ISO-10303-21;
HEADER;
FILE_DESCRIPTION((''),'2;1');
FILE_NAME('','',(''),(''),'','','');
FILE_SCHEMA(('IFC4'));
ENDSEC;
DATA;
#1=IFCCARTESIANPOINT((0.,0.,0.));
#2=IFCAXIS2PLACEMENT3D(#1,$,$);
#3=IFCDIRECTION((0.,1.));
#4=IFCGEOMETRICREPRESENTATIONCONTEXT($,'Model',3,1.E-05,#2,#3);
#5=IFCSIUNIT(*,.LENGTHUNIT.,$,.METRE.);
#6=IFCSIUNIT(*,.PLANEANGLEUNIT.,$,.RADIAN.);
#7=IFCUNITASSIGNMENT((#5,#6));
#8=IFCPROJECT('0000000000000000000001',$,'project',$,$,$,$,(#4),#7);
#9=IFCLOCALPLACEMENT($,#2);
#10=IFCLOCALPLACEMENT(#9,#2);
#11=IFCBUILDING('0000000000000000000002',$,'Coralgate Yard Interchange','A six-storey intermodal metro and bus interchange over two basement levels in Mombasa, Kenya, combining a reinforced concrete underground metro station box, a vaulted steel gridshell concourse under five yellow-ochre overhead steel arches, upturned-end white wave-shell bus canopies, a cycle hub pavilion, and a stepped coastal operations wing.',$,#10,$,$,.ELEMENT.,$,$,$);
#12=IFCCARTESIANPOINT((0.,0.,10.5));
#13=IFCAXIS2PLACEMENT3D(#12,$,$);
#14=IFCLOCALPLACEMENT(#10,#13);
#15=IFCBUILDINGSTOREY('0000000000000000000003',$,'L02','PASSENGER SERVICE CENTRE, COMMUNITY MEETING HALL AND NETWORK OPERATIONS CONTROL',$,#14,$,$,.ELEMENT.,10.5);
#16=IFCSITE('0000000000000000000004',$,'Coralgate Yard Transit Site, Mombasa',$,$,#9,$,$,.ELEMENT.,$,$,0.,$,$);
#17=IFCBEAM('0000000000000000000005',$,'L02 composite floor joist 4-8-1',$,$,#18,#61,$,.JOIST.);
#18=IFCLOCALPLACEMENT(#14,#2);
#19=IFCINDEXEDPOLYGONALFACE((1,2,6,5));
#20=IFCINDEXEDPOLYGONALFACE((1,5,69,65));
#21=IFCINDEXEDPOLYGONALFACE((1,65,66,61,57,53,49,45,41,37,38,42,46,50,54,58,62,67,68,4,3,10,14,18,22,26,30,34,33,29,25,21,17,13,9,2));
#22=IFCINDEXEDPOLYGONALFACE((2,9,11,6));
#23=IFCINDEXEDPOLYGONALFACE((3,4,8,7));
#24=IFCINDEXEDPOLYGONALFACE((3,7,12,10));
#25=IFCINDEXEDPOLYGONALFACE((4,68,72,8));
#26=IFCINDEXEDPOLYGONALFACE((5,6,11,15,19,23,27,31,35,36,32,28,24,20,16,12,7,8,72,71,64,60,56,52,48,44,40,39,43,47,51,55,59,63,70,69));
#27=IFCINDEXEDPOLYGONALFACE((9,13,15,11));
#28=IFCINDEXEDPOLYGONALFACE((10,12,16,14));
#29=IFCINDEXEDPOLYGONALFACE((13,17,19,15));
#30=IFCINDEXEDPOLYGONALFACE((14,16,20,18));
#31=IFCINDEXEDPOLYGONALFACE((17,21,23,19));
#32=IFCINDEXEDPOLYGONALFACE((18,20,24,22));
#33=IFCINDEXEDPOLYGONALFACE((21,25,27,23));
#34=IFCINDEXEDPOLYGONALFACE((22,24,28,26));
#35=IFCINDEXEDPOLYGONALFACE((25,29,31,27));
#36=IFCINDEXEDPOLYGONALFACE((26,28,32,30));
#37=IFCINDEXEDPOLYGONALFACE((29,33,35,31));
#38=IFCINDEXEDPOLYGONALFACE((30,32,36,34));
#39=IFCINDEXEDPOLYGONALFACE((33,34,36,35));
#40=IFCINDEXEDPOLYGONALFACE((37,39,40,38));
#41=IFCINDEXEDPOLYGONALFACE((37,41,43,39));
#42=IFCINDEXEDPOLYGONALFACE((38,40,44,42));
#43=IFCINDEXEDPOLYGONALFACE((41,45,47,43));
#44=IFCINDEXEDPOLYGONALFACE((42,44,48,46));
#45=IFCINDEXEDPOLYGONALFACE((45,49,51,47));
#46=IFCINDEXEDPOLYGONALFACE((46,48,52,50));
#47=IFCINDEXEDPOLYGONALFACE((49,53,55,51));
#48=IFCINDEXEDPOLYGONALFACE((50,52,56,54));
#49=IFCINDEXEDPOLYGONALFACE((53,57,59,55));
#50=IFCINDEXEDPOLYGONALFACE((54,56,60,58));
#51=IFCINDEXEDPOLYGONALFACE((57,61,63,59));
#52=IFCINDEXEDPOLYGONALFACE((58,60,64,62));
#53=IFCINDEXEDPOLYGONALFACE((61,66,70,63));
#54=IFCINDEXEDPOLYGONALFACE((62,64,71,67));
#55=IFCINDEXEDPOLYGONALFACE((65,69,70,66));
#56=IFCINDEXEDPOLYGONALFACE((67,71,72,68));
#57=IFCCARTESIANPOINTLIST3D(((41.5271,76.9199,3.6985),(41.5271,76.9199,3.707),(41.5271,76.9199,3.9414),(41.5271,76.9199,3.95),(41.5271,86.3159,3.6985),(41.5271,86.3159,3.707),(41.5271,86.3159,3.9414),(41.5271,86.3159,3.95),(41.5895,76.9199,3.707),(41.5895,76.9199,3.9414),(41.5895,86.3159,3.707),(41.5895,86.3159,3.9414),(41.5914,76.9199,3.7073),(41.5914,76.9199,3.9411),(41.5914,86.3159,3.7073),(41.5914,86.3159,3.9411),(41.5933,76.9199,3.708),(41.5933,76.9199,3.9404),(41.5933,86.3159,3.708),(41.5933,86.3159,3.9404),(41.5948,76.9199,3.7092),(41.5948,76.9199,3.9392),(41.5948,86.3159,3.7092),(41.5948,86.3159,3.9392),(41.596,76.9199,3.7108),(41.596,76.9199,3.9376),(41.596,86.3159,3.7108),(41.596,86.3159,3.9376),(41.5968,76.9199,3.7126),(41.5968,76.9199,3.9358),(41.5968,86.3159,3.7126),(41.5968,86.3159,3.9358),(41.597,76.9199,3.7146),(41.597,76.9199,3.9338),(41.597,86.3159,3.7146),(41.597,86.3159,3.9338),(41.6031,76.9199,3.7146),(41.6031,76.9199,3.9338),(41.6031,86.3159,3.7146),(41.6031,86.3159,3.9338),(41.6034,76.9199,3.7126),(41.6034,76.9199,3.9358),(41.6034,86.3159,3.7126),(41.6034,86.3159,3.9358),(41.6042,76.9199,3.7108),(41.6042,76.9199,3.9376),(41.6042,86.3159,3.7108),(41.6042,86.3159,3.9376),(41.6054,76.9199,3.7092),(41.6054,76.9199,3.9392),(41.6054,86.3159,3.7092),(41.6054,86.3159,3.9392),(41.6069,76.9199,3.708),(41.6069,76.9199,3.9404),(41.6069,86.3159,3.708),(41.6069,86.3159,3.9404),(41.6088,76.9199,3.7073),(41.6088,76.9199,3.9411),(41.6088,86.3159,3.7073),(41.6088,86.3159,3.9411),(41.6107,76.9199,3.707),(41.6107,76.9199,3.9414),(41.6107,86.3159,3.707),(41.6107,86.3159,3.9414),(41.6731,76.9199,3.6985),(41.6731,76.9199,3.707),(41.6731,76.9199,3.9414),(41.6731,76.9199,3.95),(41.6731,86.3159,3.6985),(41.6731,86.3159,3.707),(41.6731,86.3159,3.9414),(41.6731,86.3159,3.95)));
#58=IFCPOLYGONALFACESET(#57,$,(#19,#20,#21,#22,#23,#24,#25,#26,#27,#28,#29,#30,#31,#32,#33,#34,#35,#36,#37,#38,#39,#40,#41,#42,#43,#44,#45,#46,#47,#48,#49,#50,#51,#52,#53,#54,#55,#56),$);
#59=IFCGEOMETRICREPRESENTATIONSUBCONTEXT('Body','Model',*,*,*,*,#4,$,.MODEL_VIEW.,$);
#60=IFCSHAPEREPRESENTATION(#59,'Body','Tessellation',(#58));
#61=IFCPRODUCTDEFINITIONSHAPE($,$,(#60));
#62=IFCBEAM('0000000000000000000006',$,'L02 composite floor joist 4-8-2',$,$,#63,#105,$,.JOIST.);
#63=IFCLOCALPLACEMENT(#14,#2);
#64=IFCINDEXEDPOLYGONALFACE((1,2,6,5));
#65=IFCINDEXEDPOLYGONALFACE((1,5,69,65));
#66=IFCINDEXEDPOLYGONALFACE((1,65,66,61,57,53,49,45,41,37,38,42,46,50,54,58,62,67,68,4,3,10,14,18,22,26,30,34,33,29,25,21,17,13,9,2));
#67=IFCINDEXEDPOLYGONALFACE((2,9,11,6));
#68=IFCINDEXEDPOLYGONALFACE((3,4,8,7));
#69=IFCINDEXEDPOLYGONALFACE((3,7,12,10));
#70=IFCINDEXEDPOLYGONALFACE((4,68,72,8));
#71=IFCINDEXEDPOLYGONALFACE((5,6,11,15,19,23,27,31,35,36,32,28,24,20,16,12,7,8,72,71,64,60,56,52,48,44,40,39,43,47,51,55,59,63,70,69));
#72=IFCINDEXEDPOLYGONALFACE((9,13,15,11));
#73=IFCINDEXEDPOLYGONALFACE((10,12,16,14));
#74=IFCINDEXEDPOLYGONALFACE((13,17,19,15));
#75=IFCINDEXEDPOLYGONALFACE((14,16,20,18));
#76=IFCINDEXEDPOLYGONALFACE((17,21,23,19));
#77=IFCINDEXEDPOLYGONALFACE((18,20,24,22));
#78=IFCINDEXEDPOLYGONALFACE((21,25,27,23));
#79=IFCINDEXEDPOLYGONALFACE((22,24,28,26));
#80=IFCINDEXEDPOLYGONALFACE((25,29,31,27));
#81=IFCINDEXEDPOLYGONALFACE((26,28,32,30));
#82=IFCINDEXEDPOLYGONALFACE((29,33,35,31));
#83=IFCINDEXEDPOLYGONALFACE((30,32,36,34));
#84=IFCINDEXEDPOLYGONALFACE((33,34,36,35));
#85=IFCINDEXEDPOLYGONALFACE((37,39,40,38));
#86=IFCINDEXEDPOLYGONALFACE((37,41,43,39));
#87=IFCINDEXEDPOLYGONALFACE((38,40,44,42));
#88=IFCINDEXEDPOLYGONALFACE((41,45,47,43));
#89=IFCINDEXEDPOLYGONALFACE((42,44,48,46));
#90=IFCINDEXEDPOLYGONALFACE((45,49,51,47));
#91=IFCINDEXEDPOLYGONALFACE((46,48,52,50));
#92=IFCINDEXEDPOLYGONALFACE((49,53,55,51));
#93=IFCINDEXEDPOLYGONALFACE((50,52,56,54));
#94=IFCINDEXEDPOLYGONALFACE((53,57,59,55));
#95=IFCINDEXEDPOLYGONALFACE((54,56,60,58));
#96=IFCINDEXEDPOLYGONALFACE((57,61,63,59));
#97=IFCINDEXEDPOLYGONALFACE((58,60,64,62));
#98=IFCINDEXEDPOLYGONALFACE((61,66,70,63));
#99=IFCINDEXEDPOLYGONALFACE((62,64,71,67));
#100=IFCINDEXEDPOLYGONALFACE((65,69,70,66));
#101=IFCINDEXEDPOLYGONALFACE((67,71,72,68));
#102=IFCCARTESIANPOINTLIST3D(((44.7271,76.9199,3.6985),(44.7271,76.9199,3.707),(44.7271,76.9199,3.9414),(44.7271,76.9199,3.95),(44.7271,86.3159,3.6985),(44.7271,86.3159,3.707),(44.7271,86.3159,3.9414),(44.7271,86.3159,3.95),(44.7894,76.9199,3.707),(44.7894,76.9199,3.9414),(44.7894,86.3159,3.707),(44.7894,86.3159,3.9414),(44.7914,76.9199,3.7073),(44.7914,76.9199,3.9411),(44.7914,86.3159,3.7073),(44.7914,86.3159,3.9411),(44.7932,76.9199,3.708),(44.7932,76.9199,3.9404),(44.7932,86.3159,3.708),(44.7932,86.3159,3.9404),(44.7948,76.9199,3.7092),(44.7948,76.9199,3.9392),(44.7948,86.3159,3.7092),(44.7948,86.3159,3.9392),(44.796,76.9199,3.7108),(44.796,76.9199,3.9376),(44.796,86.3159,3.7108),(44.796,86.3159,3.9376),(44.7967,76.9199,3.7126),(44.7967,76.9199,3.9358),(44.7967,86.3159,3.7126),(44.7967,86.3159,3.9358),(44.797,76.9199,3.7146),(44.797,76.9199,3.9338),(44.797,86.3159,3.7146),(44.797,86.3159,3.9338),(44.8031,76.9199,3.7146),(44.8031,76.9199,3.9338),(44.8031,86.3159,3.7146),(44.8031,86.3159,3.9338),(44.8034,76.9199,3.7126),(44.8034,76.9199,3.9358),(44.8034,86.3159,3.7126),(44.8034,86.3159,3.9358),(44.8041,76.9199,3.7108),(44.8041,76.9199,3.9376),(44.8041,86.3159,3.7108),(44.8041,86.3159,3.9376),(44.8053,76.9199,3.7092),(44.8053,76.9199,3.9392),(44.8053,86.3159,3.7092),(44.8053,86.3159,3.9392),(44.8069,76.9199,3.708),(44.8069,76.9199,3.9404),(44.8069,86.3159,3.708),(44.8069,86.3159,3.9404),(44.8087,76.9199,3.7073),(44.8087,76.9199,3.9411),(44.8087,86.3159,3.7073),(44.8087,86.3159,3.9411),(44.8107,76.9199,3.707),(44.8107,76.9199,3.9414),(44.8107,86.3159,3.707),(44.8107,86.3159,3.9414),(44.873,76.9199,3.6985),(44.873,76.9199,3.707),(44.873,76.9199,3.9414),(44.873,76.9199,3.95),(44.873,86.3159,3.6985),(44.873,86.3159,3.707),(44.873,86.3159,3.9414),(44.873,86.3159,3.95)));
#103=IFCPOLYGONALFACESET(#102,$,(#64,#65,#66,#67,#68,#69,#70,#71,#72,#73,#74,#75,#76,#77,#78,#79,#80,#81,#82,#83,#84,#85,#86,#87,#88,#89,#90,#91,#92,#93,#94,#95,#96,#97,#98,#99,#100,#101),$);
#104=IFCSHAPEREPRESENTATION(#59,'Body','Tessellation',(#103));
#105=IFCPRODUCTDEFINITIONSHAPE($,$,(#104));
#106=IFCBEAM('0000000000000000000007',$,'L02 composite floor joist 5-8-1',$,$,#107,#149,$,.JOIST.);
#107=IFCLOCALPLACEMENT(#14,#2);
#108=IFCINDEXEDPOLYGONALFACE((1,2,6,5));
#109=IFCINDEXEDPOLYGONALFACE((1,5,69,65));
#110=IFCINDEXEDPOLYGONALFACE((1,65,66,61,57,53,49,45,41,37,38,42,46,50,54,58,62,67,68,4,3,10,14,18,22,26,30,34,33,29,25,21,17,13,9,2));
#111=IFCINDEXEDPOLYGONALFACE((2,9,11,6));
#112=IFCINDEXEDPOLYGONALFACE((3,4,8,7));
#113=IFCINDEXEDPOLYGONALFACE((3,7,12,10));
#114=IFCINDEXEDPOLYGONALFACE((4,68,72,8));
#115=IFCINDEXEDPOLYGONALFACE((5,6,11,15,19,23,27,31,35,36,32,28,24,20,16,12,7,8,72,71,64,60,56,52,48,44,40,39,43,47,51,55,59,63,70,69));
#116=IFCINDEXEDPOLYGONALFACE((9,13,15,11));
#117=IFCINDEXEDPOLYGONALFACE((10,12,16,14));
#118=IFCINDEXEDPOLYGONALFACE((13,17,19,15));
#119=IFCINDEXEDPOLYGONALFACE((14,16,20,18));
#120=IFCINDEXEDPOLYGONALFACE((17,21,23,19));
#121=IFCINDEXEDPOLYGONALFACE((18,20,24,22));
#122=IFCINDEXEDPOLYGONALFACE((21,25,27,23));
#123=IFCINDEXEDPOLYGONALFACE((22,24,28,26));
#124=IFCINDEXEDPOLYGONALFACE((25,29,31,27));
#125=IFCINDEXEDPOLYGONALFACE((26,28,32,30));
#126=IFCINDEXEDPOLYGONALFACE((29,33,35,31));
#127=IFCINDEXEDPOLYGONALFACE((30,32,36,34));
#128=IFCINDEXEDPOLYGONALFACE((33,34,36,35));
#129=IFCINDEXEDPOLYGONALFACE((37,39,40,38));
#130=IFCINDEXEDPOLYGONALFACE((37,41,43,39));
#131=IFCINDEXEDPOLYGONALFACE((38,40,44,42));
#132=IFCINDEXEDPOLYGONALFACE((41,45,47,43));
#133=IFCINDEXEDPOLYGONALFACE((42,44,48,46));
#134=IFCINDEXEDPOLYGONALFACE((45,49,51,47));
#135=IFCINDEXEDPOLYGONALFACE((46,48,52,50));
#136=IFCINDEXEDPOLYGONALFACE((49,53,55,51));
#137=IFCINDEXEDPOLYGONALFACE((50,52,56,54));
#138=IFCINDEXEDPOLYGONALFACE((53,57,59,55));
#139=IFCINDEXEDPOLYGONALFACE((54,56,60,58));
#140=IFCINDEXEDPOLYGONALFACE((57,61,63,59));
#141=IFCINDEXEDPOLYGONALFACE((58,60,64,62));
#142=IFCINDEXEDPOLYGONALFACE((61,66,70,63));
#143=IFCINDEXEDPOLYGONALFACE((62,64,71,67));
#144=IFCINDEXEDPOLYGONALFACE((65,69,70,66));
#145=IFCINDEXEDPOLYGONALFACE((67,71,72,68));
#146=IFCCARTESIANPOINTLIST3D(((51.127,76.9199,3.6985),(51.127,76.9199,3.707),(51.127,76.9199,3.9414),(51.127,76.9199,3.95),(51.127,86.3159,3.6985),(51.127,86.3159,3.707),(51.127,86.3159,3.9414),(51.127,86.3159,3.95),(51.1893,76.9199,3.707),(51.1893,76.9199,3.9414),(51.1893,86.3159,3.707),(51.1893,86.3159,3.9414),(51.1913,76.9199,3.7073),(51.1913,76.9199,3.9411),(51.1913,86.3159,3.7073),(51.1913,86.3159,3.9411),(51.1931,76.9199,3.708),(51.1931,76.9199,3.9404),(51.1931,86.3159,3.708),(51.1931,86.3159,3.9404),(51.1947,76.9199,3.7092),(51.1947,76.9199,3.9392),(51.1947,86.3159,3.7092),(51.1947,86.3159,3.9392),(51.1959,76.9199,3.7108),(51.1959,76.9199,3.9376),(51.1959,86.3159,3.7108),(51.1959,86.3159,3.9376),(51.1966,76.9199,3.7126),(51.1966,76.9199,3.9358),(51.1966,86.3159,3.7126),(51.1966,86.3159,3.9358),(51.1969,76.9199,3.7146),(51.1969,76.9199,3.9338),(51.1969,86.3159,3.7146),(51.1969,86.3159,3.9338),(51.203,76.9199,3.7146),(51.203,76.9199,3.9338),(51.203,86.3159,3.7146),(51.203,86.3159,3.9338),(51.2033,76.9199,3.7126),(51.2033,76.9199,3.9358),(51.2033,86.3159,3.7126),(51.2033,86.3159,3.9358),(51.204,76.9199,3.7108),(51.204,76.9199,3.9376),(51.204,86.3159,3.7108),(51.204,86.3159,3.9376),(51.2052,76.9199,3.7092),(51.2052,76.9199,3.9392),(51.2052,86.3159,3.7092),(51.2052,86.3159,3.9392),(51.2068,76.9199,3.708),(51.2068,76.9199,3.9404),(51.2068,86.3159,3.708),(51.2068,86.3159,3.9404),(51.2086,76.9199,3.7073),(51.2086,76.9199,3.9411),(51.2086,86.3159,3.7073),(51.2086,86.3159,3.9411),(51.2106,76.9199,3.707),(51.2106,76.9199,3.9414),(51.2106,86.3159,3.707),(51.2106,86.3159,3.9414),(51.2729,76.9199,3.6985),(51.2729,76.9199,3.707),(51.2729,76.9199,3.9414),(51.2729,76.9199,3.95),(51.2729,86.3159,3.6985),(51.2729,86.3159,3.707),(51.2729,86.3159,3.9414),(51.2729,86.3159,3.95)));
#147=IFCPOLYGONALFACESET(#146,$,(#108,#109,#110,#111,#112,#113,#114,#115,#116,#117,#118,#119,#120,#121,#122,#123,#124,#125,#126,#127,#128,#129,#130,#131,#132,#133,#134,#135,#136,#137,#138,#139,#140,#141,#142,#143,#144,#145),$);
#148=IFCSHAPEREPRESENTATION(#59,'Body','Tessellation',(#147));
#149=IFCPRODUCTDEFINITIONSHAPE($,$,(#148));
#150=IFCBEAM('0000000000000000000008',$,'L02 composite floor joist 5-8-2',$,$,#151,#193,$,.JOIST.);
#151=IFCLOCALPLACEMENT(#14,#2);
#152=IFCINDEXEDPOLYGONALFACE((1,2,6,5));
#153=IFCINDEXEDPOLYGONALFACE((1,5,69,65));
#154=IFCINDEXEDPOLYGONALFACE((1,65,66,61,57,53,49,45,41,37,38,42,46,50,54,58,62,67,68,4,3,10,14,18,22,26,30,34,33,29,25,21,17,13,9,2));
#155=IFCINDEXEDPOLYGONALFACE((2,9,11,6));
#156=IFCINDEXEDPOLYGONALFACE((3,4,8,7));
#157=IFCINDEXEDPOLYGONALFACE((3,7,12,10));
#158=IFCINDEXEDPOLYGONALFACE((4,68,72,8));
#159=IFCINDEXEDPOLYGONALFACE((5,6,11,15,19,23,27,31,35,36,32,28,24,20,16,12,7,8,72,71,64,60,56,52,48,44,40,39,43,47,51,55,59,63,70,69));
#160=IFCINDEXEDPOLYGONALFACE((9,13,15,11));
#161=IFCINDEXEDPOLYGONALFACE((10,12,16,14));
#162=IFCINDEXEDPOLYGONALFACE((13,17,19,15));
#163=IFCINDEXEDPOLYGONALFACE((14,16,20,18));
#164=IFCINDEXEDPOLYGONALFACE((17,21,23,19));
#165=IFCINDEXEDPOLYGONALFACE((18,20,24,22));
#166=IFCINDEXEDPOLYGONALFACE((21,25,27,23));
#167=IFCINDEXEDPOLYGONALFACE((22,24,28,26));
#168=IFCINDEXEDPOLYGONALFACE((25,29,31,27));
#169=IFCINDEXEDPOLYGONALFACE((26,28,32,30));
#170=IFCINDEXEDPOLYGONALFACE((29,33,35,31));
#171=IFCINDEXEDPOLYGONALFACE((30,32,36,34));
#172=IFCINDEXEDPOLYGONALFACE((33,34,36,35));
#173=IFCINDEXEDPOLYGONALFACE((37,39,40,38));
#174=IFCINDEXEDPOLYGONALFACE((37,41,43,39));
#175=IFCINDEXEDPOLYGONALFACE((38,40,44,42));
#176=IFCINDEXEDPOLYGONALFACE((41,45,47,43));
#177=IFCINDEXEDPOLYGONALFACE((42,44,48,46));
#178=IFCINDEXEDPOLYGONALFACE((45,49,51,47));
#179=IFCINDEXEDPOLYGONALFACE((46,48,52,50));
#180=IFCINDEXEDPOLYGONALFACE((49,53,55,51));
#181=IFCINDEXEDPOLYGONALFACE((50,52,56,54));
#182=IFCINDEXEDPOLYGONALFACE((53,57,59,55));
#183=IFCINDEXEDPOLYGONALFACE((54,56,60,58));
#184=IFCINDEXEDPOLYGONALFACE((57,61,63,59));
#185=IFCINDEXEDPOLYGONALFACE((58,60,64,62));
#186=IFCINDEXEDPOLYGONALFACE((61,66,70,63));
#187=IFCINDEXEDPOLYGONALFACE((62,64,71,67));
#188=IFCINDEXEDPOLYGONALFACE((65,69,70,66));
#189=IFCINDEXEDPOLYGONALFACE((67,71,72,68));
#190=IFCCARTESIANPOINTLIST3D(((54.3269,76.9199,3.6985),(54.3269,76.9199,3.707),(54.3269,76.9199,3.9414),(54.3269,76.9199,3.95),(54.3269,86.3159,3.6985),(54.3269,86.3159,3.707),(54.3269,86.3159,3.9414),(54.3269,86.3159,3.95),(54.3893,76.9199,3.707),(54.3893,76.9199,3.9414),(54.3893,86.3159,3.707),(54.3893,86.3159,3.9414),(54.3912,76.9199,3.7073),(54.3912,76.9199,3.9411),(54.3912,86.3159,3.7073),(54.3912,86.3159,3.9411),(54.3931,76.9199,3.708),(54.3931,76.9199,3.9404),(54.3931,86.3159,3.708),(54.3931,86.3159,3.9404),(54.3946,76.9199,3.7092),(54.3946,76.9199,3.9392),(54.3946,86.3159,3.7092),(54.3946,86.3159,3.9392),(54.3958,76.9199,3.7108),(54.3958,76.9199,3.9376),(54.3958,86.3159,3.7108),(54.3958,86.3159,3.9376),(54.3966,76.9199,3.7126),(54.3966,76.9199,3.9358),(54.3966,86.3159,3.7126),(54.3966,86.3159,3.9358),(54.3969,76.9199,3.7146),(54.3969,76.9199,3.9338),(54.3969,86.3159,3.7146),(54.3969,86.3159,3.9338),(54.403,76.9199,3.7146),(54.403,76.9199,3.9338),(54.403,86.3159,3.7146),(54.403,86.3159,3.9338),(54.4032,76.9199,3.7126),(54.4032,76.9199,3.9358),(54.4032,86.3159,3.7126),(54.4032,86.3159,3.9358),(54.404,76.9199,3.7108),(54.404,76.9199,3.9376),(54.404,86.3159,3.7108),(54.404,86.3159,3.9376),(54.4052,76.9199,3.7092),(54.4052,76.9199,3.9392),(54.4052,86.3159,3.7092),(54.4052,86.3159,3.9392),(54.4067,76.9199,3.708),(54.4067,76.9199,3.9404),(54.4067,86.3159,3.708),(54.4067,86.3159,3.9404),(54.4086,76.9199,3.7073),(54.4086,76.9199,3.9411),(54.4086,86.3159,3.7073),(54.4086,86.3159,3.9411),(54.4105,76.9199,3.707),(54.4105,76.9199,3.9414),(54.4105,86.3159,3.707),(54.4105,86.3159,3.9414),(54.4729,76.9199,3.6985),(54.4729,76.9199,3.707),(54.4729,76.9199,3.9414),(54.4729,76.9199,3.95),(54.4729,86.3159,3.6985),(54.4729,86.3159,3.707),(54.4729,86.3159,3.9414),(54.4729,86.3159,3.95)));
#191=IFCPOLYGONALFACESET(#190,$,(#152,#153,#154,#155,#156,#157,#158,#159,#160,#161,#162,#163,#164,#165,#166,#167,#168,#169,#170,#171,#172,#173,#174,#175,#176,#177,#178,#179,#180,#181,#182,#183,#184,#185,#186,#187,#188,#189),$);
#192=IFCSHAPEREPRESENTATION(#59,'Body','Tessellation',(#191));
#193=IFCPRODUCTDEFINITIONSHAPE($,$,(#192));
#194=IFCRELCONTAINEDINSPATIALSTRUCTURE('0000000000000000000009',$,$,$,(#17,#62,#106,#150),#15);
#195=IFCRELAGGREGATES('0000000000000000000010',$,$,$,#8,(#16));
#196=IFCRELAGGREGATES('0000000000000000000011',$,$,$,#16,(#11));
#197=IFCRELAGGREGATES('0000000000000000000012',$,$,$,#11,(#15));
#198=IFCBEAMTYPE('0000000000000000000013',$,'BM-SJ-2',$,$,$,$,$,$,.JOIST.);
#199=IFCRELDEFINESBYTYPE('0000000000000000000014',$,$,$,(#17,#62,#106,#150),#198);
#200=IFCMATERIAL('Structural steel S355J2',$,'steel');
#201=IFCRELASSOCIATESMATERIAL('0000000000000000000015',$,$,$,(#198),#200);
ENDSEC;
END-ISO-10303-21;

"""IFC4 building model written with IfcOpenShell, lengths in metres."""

from ifc_helpers import new_model, si_unit, direction, frame, origin, origin_2d, place, context, subcontext, project, spatial, i_section, extrude, material, material_profile, profile_set, type_object, element, save


model = new_model("IFC4")

# Units and contexts
model_context = context("Model", 3, precision=1e-05, world=origin(), true_north=direction((0.0, 1.0)))
body_context = subcontext(model_context, "Body", "Model", "MODEL_VIEW")
ifc_project = project(units=[si_unit("LENGTHUNIT", "METRE"), si_unit("PLANEANGLEUNIT", "RADIAN")], contexts=[model_context])

# Site, building, storey
site_placement = place(None, origin())
site = spatial("IfcSite", under=ifc_project, at=site_placement, Name="Coralgate Yard Transit Site, Mombasa", CompositionType="ELEMENT", RefElevation=0.0)
building_placement = place(site_placement, origin())
building = spatial("IfcBuilding", under=site, at=building_placement, Name="Coralgate Yard Interchange", Description="A six-storey intermodal metro and bus interchange over two basement levels in Mombasa, Kenya, combining a reinforced concrete underground metro station box, a vaulted steel gridshell concourse under five yellow-ochre overhead steel arches, upturned-end white wave-shell bus canopies, a cycle hub pavilion, and a stepped coastal operations wing.", CompositionType="ELEMENT")
storey_placement = place(building_placement, frame((0.0, 0.0, 10.5)))
storey = spatial("IfcBuildingStorey", under=building, at=storey_placement, Name="L02", Description="PASSENGER SERVICE CENTRE, COMMUNITY MEETING HALL AND NETWORK OPERATIONS CONTROL", CompositionType="ELEMENT", Elevation=10.5)

# Shared definitions
ifc_material_1 = material(Name="Structural steel S355J2", Category="steel")

# Beams
ifc_material_profile_1 = material_profile(ifc_material_1, i_section(OverallWidth=0.146, OverallDepth=0.2515, WebThickness=0.0061, FlangeThickness=0.0085, FilletRadius=0.0076, at=origin_2d()), Name="UB 254x146x31")
ifc_profile_set_1 = profile_set([ifc_material_profile_1], Name="Structural steel S355J2")
beam_type_1 = type_object("IfcBeamType", Name="BM-SJ-2", PredefinedType="JOIST", material=ifc_profile_set_1)
for number, where, z_axis, x_axis, name in (
    (1, (41.6001, 76.9199, 3.8242), (0.0, 1.0, 0.0), (-1.0, 0.0, 0.0), "L02 composite floor joist 4-8-1"),
    (2, (44.8, 76.9199, 3.8242), (0.0, 1.0, 0.0), (-1.0, 0.0, 0.0), "L02 composite floor joist 4-8-2"),
    (3, (51.2, 76.9199, 3.8242), (0.0, 1.0, 0.0), (-1.0, 0.0, 0.0), "L02 composite floor joist 5-8-1"),
    (4, (54.3999, 76.9199, 3.8242), (0.0, 1.0, 0.0), (-1.0, 0.0, 0.0), "L02 composite floor joist 5-8-2"),
):
    element("IfcBeam", number, at=place(storey_placement, frame(where, z_axis=z_axis, x_axis=x_axis)), inside=storey, type_object=beam_type_1, Name=name, PredefinedType="JOIST", context=body_context, shape_type="SweptSolid", body=[
        extrude(i_section(OverallWidth=0.146, OverallDepth=0.2515, WebThickness=0.0061, FlangeThickness=0.0085, FilletRadius=0.0076, at=origin_2d()), origin(), (0.0, 0.0, 1.0), 9.396),
    ])

save(model, "model.ifc")
